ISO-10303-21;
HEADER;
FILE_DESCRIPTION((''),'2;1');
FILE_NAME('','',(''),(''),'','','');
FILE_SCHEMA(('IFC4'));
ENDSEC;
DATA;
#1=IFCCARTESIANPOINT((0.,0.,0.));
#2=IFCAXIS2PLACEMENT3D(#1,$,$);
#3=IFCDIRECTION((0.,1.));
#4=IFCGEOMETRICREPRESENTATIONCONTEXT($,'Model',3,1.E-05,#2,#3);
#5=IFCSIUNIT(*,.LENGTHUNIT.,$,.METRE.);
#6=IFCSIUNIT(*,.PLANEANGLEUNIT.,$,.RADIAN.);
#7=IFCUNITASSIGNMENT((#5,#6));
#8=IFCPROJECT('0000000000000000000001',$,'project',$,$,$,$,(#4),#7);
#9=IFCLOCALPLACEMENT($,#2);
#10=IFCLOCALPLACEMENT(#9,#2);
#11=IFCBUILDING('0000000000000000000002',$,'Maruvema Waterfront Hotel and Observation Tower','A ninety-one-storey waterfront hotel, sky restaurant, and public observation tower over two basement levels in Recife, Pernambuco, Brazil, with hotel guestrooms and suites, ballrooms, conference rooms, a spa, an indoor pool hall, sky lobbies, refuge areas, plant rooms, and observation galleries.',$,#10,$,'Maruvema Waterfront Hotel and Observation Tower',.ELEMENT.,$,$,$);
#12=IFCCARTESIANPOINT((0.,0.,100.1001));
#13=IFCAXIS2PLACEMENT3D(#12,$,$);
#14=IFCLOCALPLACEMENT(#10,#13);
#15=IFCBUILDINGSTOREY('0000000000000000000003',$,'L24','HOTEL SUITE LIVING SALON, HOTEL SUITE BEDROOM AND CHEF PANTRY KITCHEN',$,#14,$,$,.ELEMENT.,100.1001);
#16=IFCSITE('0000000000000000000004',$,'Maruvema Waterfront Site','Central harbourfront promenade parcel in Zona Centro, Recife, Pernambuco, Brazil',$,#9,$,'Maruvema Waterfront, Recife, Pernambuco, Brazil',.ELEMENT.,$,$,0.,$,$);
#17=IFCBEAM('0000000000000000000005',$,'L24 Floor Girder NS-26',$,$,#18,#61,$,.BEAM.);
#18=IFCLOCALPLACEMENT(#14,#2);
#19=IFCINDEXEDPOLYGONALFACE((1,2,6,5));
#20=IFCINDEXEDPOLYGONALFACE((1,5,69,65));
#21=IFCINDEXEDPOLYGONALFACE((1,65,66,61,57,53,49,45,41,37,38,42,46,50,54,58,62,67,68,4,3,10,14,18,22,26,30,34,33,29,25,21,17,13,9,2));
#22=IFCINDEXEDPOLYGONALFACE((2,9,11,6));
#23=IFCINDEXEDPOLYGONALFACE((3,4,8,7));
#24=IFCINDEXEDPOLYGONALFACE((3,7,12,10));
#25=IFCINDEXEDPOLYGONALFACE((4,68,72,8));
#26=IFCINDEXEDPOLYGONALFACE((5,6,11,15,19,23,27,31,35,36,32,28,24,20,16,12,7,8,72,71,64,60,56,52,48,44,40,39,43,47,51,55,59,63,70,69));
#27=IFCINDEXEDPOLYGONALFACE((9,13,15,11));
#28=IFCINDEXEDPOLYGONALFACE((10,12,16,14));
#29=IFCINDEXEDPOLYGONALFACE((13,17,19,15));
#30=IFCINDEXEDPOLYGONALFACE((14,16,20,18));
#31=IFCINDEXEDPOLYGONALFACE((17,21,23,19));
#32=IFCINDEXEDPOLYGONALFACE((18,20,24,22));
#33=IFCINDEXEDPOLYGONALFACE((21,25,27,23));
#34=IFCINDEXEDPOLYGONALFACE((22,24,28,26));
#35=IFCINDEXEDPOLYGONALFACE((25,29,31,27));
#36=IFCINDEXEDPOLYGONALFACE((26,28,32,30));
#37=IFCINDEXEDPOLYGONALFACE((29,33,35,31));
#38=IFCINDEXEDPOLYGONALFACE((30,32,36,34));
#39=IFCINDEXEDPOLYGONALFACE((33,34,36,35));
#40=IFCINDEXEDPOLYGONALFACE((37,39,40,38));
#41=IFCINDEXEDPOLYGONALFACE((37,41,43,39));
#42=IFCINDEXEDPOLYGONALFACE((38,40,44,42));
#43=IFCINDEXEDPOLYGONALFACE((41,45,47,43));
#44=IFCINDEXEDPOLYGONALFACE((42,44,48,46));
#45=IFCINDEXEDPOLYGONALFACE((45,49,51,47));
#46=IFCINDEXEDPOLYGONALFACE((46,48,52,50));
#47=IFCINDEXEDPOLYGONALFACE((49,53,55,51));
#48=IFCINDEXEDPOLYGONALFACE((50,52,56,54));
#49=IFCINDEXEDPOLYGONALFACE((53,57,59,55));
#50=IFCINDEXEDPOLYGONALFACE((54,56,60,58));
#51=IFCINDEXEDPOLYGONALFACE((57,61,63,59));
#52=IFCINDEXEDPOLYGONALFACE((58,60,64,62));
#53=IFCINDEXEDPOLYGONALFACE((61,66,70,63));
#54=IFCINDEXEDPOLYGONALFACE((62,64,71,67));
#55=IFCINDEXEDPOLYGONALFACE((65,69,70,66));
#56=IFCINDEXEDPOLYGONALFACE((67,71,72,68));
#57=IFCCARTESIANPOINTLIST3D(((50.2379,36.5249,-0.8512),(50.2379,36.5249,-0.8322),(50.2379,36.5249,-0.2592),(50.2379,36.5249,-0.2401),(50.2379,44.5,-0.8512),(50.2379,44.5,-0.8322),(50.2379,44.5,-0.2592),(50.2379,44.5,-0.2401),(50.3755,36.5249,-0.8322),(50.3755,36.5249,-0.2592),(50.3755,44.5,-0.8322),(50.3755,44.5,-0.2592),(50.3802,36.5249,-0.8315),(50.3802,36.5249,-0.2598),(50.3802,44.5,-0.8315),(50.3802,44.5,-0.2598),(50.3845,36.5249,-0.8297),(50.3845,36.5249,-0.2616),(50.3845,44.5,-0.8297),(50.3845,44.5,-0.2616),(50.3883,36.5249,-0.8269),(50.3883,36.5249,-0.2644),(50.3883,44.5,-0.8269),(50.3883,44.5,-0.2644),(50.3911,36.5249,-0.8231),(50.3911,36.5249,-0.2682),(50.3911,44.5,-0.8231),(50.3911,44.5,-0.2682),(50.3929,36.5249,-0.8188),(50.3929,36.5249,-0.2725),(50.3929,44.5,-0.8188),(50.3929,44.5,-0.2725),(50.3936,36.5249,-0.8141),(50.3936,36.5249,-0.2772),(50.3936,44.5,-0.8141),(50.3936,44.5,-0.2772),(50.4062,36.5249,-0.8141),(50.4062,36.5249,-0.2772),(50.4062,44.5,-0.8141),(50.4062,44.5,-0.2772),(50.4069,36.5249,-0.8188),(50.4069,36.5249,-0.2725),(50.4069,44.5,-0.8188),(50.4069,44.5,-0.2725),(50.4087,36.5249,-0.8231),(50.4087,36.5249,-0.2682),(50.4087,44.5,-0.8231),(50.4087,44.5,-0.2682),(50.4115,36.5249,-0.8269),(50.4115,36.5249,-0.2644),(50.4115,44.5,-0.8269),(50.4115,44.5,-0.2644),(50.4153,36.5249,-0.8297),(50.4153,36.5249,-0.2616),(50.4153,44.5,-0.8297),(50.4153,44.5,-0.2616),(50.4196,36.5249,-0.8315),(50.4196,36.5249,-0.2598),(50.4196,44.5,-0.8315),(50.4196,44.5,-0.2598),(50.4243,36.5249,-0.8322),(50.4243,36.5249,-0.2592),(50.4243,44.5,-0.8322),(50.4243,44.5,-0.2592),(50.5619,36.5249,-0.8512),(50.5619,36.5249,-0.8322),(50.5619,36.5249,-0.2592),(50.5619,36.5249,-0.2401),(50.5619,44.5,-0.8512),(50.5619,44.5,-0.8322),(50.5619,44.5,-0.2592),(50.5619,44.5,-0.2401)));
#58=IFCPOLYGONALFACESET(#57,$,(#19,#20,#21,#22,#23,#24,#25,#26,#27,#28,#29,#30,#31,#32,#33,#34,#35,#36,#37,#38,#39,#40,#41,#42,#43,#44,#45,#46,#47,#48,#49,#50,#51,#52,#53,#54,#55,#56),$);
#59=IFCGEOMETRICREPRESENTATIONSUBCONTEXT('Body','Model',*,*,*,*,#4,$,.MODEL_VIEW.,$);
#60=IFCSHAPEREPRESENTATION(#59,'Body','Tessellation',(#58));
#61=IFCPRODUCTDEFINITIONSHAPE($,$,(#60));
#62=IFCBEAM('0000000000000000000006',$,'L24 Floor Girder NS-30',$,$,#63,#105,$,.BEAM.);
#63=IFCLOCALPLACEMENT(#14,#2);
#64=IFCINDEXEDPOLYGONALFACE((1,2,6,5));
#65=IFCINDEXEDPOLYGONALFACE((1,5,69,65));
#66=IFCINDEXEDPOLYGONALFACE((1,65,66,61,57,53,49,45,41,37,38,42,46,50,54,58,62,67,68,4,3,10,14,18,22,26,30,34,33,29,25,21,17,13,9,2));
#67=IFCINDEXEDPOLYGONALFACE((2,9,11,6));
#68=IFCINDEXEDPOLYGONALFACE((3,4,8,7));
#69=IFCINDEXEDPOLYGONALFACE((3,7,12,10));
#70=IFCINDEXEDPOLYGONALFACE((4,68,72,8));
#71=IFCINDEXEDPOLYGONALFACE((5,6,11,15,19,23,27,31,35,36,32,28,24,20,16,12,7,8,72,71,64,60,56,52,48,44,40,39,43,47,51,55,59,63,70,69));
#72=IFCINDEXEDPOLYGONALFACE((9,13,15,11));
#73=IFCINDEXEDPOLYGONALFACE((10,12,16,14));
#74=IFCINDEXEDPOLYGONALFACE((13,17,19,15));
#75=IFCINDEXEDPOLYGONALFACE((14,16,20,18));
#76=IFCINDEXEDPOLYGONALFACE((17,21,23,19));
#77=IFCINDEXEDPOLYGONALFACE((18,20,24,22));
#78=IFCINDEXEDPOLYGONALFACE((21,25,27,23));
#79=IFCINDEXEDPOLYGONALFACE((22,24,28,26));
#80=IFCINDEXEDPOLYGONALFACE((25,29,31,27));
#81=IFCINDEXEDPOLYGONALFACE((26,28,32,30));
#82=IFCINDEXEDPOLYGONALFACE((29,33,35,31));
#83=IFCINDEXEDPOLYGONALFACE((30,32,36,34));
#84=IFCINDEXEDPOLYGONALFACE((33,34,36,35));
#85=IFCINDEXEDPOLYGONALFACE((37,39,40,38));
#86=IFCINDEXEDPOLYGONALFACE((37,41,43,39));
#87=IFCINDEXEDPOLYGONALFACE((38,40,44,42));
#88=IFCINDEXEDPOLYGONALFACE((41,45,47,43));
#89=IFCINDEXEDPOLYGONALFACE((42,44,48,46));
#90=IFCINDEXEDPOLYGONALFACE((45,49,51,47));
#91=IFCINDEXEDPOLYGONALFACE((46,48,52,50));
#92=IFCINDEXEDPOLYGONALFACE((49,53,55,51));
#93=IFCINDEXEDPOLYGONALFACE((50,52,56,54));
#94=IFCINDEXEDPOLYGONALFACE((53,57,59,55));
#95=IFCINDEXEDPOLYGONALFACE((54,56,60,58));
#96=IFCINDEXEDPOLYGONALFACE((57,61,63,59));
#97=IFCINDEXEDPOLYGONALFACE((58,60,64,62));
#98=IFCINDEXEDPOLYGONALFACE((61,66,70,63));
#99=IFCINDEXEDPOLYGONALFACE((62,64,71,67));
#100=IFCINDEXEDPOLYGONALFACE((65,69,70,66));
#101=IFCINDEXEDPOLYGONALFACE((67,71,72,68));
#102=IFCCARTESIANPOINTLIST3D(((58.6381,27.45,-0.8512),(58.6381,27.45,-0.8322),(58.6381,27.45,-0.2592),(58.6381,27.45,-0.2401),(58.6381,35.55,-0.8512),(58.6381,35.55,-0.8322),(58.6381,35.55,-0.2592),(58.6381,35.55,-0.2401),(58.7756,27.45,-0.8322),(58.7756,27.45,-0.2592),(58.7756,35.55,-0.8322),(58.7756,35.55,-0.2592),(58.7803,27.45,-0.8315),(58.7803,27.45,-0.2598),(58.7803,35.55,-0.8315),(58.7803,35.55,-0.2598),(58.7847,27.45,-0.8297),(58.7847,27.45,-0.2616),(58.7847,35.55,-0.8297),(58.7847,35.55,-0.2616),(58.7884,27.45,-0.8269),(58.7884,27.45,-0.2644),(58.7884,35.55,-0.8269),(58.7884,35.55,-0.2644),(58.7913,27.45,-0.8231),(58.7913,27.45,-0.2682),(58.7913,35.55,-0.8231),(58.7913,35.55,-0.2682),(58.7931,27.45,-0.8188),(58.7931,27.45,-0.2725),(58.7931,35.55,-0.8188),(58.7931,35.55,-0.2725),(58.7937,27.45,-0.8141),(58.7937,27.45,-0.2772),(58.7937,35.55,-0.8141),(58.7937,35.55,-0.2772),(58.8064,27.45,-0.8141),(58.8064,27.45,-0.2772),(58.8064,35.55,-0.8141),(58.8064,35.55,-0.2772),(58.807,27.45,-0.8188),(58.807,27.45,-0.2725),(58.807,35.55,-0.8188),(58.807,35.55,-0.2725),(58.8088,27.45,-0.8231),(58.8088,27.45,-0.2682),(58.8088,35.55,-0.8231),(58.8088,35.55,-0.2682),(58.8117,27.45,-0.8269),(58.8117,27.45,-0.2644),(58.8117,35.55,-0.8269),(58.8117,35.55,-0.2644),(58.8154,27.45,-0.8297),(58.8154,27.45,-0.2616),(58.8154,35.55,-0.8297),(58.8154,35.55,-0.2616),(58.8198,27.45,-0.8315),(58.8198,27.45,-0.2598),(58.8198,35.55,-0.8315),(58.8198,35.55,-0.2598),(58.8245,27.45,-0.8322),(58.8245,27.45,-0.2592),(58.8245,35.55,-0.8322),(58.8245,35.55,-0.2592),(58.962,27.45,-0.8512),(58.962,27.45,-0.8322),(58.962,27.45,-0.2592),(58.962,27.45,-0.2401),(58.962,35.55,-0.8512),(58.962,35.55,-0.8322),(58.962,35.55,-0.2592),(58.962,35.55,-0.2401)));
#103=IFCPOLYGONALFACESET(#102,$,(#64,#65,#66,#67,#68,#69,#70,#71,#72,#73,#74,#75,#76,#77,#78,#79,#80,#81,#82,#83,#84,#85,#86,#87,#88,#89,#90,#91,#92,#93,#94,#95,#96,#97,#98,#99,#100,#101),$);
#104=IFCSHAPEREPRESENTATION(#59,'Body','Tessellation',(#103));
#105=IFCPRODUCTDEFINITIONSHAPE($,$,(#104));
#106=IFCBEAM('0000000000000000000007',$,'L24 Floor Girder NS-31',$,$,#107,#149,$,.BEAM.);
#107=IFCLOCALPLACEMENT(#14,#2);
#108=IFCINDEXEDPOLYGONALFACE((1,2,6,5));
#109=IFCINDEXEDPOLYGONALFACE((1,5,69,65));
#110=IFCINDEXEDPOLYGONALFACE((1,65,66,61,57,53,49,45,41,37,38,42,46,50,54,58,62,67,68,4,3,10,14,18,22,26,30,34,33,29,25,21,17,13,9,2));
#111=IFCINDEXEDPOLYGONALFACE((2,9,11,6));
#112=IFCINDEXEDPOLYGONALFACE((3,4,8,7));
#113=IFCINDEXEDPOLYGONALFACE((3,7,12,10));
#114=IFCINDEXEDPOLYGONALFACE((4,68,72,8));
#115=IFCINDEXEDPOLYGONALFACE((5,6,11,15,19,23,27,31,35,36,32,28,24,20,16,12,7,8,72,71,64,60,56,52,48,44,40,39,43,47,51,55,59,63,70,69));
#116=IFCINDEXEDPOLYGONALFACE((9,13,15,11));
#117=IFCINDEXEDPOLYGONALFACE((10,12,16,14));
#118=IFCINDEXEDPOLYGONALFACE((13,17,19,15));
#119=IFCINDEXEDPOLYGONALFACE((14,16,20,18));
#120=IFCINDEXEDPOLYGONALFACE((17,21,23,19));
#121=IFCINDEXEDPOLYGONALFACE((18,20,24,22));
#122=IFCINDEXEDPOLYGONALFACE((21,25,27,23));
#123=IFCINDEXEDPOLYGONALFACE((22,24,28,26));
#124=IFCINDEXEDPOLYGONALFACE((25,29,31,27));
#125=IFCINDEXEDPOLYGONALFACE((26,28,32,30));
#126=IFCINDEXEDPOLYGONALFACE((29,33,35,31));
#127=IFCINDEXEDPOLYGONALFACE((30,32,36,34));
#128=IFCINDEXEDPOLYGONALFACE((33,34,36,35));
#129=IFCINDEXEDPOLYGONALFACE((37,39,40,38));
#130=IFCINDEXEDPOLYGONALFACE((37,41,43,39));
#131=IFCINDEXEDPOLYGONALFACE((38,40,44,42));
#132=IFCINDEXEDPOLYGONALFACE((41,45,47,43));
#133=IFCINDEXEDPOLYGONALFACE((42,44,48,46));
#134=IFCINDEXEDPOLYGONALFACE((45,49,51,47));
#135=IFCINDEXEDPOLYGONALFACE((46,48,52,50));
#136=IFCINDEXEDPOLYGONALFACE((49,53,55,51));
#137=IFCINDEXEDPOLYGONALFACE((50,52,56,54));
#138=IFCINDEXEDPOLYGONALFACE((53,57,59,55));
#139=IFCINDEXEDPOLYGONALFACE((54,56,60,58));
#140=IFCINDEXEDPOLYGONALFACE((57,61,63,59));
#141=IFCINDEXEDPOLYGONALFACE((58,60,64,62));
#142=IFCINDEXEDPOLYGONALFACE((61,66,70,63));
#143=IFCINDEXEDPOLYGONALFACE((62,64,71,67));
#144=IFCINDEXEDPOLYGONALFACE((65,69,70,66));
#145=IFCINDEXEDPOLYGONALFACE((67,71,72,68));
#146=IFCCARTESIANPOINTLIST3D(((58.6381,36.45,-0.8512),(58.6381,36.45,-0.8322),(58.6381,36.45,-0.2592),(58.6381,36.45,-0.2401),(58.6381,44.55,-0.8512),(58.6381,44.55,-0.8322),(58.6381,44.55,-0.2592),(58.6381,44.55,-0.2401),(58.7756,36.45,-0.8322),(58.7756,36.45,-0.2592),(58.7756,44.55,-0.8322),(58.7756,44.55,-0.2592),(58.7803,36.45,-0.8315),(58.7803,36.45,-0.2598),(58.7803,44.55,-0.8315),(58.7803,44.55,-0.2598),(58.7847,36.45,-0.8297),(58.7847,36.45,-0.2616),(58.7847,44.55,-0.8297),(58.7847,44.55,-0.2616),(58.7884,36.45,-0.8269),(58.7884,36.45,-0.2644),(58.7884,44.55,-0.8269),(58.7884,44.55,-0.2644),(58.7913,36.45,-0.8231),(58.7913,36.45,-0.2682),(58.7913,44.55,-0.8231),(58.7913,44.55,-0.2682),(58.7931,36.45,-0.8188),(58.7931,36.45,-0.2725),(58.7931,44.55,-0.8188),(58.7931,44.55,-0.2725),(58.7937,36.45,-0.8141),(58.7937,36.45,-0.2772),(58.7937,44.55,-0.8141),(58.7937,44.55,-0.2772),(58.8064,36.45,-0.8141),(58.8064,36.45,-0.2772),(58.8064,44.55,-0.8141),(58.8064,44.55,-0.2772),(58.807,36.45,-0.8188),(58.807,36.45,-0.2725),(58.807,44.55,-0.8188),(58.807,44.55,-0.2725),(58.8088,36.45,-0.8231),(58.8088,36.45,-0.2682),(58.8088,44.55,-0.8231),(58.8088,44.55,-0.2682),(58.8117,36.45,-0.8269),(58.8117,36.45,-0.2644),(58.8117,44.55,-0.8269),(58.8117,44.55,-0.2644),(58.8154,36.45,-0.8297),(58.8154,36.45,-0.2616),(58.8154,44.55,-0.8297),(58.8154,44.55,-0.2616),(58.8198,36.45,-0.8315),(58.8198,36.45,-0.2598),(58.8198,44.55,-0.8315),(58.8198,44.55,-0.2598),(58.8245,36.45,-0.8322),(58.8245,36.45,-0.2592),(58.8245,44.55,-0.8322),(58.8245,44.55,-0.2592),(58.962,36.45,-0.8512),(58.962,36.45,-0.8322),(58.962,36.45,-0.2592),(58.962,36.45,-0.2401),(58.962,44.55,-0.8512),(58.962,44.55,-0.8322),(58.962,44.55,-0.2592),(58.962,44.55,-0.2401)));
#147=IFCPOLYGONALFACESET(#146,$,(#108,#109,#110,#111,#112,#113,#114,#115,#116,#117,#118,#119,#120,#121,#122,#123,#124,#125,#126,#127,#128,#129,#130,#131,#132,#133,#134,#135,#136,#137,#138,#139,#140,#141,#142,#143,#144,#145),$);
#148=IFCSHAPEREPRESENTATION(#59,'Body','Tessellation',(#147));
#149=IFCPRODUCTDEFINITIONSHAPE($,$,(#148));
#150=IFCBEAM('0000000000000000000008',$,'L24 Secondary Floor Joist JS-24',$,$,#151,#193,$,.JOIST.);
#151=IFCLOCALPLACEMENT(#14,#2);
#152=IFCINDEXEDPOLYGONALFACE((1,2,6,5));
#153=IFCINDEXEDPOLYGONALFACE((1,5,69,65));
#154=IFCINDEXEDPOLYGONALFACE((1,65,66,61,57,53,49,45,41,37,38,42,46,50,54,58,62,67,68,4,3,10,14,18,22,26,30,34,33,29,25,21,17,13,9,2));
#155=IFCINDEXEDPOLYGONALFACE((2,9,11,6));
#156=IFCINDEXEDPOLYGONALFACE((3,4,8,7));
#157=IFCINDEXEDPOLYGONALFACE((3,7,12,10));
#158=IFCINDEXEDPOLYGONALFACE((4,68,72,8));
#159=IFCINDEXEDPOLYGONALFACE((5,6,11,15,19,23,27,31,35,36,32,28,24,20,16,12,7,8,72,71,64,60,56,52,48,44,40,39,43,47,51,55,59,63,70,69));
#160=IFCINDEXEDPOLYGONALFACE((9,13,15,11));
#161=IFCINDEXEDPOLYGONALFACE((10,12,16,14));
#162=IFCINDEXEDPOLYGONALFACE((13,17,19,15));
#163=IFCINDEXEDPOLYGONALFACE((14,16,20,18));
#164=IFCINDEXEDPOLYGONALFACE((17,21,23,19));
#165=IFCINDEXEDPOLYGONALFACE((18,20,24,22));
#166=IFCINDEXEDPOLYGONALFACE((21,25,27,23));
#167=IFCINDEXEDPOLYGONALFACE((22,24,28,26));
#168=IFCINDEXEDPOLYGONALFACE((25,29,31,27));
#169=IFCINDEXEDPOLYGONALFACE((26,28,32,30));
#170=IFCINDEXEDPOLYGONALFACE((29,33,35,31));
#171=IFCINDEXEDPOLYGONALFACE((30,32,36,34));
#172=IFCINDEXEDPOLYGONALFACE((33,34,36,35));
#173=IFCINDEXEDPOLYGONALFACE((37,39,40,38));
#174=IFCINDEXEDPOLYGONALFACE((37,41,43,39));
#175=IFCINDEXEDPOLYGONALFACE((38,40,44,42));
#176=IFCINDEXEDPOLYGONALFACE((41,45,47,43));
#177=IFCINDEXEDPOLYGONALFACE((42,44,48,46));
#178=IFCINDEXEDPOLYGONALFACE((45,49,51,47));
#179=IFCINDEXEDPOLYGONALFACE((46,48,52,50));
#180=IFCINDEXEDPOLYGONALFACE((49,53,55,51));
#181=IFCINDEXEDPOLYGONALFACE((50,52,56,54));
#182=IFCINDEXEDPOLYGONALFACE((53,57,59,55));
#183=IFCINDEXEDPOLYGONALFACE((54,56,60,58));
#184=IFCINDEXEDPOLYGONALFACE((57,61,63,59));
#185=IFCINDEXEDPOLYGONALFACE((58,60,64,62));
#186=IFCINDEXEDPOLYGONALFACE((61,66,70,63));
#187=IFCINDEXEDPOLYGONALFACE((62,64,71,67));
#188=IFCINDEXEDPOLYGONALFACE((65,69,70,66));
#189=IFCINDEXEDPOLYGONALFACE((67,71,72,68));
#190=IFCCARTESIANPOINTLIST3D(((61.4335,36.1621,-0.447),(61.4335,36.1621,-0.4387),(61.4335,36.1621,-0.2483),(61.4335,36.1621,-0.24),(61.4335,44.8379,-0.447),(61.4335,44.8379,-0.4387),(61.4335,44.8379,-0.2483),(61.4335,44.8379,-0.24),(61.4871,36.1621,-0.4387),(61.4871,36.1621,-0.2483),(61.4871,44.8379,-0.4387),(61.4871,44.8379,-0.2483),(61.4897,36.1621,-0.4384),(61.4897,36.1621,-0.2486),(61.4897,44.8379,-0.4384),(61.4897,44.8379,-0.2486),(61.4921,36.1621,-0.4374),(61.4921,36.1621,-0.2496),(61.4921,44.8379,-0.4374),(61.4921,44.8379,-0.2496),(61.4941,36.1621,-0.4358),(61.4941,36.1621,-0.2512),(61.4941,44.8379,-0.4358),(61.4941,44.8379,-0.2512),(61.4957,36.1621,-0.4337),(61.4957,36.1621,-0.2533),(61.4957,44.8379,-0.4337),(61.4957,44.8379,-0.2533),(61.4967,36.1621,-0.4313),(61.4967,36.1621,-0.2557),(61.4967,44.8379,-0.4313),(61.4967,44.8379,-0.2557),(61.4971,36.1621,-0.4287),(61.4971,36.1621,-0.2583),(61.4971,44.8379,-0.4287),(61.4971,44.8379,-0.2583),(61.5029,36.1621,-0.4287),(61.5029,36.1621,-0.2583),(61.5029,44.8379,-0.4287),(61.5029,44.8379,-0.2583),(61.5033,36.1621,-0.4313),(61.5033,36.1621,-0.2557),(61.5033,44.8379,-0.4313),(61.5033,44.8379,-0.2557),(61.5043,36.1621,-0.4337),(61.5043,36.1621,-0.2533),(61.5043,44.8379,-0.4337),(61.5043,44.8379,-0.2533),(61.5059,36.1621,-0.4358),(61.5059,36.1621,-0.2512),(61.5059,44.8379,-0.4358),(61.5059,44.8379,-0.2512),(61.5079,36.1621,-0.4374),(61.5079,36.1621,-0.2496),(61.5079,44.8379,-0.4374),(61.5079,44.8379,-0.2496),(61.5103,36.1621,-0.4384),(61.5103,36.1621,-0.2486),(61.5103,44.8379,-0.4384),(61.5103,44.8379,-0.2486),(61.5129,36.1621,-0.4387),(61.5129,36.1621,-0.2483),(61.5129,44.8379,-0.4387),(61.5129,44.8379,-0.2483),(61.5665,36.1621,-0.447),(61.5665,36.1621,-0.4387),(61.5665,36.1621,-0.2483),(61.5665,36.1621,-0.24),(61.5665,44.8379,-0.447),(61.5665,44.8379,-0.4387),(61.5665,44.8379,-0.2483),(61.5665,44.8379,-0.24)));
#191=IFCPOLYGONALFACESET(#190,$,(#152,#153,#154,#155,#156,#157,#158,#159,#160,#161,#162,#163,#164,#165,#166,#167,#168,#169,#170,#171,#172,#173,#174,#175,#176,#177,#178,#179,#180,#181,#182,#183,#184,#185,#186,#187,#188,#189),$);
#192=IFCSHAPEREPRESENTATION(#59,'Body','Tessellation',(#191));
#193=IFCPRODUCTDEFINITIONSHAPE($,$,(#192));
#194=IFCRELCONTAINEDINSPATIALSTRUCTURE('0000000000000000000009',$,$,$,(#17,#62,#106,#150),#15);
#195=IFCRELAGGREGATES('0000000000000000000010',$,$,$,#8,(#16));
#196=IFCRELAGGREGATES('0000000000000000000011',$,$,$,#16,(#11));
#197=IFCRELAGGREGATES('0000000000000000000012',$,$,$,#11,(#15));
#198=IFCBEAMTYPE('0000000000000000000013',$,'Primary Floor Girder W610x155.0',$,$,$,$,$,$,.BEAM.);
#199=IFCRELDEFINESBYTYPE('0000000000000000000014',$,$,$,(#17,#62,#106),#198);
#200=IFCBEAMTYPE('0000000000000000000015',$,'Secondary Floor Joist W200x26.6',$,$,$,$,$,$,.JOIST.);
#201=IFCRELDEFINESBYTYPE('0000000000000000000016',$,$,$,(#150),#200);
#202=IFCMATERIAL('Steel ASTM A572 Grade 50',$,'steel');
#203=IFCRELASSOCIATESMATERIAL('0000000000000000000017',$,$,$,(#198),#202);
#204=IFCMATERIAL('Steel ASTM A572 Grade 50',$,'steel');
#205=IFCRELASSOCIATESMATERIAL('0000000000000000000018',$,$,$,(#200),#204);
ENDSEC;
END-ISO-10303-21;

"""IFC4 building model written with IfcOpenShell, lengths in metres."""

from ifc_helpers import new_model, si_unit, direction, frame, origin, origin_2d, place, context, subcontext, project, spatial, i_section, extrude, material, material_profile, profile_set, type_object, element, save


model = new_model("IFC4")

# Units and contexts
model_context = context("Model", 3, precision=1e-05, world=origin(), true_north=direction((0.0, 1.0)))
body_context = subcontext(model_context, "Body", "Model", "MODEL_VIEW")
ifc_project = project(units=[si_unit("LENGTHUNIT", "METRE"), si_unit("PLANEANGLEUNIT", "RADIAN")], contexts=[model_context])

# Site, building, storey
site_placement = place(None, origin())
site = spatial("IfcSite", under=ifc_project, at=site_placement, Name="Maruvema Waterfront Site", Description="Central harbourfront promenade parcel in Zona Centro, Recife, Pernambuco, Brazil", LongName="Maruvema Waterfront, Recife, Pernambuco, Brazil", CompositionType="ELEMENT", RefElevation=0.0)
building_placement = place(site_placement, origin())
building = spatial("IfcBuilding", under=site, at=building_placement, Name="Maruvema Waterfront Hotel and Observation Tower", Description="A ninety-one-storey waterfront hotel, sky restaurant, and public observation tower over two basement levels in Recife, Pernambuco, Brazil, with hotel guestrooms and suites, ballrooms, conference rooms, a spa, an indoor pool hall, sky lobbies, refuge areas, plant rooms, and observation galleries.", LongName="Maruvema Waterfront Hotel and Observation Tower", CompositionType="ELEMENT")
storey_placement = place(building_placement, frame((0.0, 0.0, 100.1001)))
storey = spatial("IfcBuildingStorey", under=building, at=storey_placement, Name="L24", Description="HOTEL SUITE LIVING SALON, HOTEL SUITE BEDROOM AND CHEF PANTRY KITCHEN", CompositionType="ELEMENT", Elevation=100.1001)

# Beams
ifc_material_1 = material(Name="Steel ASTM A572 Grade 50", Category="steel")
ifc_material_profile_1 = material_profile(ifc_material_1, i_section(OverallWidth=0.324, OverallDepth=0.6111, WebThickness=0.0127, FlangeThickness=0.019, FilletRadius=0.0181, at=origin_2d()), Name="W610x155.0")
ifc_profile_set_1 = profile_set([ifc_material_profile_1], Name="Steel ASTM A572 Grade 50")
beam_type_1 = type_object("IfcBeamType", Name="Primary Floor Girder W610x155.0", PredefinedType="BEAM", material=ifc_profile_set_1)
for number, where, z_axis, x_axis, name in (
    (1, (50.3999, 36.5249, -0.5457), (0.0, 1.0, 0.0), (-1.0, 0.0, 0.0), "L24 Floor Girder NS-26"),
):
    element("IfcBeam", number, at=place(storey_placement, frame(where, z_axis=z_axis, x_axis=x_axis)), inside=storey, type_object=beam_type_1, Name=name, PredefinedType="BEAM", context=body_context, shape_type="SweptSolid", body=[
        extrude(i_section(OverallWidth=0.324, OverallDepth=0.6111, WebThickness=0.0127, FlangeThickness=0.019, FilletRadius=0.0181, at=origin_2d()), origin(), (0.0, 0.0, 1.0), 7.9751),
    ])
for number, where, z_axis, x_axis, name in (
    (2, (58.8, 27.45, -0.5457), (0.0, 1.0, 0.0), (-1.0, 0.0, 0.0), "L24 Floor Girder NS-30"),
    (3, (58.8, 36.45, -0.5457), (0.0, 1.0, 0.0), (-1.0, 0.0, 0.0), "L24 Floor Girder NS-31"),
):
    element("IfcBeam", number, at=place(storey_placement, frame(where, z_axis=z_axis, x_axis=x_axis)), inside=storey, type_object=beam_type_1, Name=name, PredefinedType="BEAM", context=body_context, shape_type="SweptSolid", body=[
        extrude(i_section(OverallWidth=0.324, OverallDepth=0.6111, WebThickness=0.0127, FlangeThickness=0.019, FilletRadius=0.0181, at=origin_2d()), origin(), (0.0, 0.0, 1.0), 8.1001),
    ])
ifc_material_2 = material(Name="Steel ASTM A572 Grade 50", Category="steel")
ifc_material_profile_2 = material_profile(ifc_material_2, i_section(OverallWidth=0.1331, OverallDepth=0.207, WebThickness=0.0059, FlangeThickness=0.0083, FilletRadius=0.01, at=origin_2d()), Name="W200x26.6")
ifc_profile_set_2 = profile_set([ifc_material_profile_2], Name="Steel ASTM A572 Grade 50")
beam_type_2 = type_object("IfcBeamType", Name="Secondary Floor Joist W200x26.6", PredefinedType="JOIST", material=ifc_profile_set_2)
beam_1_placement = place(storey_placement, frame((61.5, 36.1621, -0.3435), z_axis=(0.0, 1.0, 0.0), x_axis=(-1.0, 0.0, 0.0)))
element("IfcBeam", 4, at=beam_1_placement, inside=storey, type_object=beam_type_2, Name="L24 Secondary Floor Joist JS-24", PredefinedType="JOIST", context=body_context, shape_type="SweptSolid", body=[
    extrude(i_section(OverallWidth=0.1331, OverallDepth=0.207, WebThickness=0.0059, FlangeThickness=0.0083, FilletRadius=0.01, at=origin_2d()), origin(), (0.0, 0.0, 1.0), 8.6758),
])

save(model, "model.ifc")
